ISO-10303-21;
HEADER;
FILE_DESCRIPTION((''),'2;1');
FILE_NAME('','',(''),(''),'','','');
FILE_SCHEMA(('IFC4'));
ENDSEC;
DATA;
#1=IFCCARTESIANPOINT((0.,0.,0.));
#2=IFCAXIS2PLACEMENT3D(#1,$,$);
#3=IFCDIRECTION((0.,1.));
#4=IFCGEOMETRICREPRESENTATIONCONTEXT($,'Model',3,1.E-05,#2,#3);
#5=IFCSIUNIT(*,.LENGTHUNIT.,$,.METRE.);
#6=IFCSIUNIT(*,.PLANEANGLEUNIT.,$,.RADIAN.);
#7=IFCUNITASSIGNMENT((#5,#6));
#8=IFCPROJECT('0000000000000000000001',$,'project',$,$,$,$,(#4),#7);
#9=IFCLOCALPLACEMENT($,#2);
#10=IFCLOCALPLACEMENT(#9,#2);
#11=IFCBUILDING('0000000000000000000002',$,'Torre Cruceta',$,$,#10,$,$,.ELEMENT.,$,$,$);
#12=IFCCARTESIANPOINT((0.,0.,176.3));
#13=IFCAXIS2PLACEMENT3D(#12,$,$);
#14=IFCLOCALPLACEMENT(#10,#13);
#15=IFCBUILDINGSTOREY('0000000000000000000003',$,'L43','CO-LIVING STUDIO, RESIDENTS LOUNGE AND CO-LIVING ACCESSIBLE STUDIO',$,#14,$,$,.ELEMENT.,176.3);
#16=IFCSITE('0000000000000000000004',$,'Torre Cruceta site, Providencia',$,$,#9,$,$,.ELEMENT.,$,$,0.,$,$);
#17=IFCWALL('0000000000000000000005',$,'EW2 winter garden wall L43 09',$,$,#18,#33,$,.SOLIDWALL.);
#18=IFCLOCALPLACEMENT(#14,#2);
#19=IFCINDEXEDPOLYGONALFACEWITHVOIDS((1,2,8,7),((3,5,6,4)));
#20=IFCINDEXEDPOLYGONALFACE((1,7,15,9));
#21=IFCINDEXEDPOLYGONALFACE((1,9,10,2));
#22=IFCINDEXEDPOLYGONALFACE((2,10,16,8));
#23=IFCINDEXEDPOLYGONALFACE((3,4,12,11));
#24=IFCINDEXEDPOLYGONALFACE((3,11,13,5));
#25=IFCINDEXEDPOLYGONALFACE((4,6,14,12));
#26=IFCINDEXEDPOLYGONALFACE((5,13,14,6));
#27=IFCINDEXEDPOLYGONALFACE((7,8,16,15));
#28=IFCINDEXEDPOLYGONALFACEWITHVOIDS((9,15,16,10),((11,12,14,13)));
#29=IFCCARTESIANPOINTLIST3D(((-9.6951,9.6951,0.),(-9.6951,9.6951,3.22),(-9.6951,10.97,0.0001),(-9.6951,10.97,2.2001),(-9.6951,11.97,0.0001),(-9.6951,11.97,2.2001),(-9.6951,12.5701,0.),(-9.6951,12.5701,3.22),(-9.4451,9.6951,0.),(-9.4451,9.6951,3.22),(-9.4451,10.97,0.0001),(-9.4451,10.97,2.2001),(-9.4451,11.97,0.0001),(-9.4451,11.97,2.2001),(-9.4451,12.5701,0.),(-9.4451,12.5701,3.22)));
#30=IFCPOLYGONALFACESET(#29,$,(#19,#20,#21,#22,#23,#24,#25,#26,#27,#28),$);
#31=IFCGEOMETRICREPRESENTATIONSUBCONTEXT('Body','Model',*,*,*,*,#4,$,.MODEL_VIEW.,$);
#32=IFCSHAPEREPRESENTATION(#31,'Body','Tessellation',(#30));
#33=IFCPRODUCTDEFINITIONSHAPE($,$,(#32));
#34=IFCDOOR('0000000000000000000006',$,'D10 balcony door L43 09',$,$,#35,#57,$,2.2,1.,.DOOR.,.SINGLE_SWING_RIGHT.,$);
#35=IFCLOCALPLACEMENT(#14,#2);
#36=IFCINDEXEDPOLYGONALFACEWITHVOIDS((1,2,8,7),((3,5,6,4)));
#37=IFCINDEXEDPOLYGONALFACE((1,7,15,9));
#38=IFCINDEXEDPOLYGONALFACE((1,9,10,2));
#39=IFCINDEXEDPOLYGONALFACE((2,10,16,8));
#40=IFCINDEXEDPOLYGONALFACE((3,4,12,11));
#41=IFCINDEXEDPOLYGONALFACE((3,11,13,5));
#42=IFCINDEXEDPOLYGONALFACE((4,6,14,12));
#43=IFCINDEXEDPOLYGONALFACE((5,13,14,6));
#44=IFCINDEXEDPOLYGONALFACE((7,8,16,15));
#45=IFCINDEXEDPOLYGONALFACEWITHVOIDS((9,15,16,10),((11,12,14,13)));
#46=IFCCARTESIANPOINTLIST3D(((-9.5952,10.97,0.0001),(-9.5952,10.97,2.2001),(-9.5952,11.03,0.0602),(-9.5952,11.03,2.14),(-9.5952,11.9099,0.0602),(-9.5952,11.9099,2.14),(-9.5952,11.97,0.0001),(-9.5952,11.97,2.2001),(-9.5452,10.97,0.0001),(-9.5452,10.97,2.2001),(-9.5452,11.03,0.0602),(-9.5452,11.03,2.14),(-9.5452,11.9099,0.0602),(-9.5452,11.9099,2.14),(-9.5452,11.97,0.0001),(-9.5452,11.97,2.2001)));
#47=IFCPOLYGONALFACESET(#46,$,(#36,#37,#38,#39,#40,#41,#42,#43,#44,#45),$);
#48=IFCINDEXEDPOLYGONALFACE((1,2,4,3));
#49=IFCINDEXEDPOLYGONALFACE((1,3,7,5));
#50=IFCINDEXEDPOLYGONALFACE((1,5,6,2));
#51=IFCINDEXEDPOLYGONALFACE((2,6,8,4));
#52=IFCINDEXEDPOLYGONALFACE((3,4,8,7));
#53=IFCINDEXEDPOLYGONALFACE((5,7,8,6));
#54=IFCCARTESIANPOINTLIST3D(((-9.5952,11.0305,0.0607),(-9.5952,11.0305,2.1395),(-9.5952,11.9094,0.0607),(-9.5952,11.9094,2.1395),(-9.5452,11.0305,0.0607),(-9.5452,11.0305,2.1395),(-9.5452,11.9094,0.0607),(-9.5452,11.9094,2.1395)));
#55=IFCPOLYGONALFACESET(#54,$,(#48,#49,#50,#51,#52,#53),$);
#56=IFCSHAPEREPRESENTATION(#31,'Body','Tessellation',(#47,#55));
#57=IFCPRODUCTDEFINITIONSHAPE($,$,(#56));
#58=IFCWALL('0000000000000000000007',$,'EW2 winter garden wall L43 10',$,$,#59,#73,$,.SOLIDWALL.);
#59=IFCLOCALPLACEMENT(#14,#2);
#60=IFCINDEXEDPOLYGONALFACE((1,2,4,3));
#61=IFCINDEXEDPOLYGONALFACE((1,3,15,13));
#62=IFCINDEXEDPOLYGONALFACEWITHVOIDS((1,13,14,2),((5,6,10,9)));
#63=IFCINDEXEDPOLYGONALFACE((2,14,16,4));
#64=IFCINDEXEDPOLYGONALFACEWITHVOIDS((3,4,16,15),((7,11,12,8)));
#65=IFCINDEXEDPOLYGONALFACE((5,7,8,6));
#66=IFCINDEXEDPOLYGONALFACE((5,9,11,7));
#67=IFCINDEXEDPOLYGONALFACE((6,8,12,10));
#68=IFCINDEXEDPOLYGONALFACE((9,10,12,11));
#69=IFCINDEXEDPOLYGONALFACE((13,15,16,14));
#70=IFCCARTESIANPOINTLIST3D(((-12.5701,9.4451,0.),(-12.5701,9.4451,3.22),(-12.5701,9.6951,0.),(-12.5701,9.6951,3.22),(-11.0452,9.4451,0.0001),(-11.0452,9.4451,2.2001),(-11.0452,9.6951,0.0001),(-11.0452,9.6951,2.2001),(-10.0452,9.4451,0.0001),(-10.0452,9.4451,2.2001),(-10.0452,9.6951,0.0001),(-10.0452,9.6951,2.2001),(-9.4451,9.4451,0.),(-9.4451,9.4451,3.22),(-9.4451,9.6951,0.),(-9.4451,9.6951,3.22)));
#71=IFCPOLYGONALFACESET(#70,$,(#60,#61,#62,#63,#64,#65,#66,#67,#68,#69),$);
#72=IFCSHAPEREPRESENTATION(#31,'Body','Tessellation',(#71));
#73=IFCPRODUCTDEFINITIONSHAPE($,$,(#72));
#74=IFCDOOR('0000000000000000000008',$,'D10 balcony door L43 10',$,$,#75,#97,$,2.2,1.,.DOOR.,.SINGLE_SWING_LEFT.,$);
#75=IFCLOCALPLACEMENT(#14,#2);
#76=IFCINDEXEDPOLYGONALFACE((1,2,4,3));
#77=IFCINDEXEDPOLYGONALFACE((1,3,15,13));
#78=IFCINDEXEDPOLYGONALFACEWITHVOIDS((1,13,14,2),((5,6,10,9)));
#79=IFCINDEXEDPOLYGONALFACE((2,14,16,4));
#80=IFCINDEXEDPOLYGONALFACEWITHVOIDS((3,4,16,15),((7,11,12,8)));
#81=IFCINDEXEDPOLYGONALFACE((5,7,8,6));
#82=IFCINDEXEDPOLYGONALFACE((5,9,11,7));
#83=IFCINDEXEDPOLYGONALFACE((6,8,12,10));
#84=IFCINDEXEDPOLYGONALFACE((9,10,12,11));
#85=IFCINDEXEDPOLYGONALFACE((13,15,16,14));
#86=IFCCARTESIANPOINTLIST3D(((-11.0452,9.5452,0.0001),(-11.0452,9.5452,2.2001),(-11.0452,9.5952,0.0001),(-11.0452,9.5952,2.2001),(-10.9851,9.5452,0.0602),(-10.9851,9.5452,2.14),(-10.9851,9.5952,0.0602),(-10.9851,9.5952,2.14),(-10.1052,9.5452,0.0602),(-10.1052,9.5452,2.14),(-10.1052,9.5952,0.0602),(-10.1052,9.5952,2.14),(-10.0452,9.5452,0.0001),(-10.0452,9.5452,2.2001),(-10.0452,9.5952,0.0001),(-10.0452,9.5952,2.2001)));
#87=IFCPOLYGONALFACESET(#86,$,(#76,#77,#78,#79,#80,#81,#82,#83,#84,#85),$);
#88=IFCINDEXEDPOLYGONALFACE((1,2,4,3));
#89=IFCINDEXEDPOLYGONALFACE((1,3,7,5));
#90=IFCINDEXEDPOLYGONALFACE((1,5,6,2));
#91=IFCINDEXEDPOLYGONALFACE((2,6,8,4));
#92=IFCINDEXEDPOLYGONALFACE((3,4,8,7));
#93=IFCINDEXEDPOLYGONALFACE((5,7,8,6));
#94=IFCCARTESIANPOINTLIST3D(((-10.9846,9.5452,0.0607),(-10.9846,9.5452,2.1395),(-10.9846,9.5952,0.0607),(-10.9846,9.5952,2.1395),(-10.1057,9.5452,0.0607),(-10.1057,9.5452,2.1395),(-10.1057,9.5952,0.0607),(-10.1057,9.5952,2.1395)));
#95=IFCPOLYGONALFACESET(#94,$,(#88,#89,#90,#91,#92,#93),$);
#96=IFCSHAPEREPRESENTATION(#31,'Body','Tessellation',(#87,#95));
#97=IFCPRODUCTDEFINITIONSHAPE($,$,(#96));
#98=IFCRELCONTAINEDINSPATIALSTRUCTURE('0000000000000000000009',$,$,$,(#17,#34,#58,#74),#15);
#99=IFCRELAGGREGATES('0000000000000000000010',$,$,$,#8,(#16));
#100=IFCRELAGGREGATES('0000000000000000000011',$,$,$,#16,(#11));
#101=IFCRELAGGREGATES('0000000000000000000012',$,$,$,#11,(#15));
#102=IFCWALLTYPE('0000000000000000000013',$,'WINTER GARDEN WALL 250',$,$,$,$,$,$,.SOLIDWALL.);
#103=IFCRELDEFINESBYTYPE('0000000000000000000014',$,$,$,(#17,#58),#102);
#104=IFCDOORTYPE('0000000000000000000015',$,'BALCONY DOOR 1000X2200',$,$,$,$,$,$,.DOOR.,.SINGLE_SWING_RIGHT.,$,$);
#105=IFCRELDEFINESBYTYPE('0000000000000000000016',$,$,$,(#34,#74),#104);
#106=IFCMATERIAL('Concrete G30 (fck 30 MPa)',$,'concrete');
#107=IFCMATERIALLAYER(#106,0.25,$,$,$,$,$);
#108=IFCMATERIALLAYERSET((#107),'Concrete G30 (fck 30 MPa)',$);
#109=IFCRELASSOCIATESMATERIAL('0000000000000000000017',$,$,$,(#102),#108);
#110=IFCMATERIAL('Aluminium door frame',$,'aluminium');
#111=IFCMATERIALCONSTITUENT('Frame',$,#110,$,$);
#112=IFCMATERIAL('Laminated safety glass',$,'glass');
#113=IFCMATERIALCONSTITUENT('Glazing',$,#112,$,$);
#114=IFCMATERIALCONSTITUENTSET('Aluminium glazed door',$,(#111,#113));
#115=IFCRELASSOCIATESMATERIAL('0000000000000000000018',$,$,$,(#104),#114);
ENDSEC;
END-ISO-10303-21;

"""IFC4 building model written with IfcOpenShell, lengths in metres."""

from ifc_helpers import new_model, si_unit, direction, frame, frame_2d, origin, place, context, subcontext, project, spatial, rectangle, hollow_rectangle, extrude, material, layer, layer_set, constituent, constituent_set, type_object, element, fill, save


model = new_model("IFC4")

# Units and contexts
model_context = context("Model", 3, precision=1e-05, world=origin(), true_north=direction((0.0, 1.0)))
body_context = subcontext(model_context, "Body", "Model", "MODEL_VIEW")
ifc_project = project(units=[si_unit("LENGTHUNIT", "METRE"), si_unit("PLANEANGLEUNIT", "RADIAN")], contexts=[model_context])

# Site, building, storey
site_placement = place(None, origin())
site = spatial("IfcSite", under=ifc_project, at=site_placement, Name="Torre Cruceta site, Providencia", CompositionType="ELEMENT", RefElevation=0.0)
building_placement = place(site_placement, origin())
building = spatial("IfcBuilding", under=site, at=building_placement, Name="Torre Cruceta", CompositionType="ELEMENT")
storey_placement = place(building_placement, frame((0.0, 0.0, 176.3)))
storey = spatial("IfcBuildingStorey", under=building, at=storey_placement, Name="L43", Description="CO-LIVING STUDIO, RESIDENTS LOUNGE AND CO-LIVING ACCESSIBLE STUDIO", CompositionType="ELEMENT", Elevation=176.3)

# Walls, openings, doors
ifc_material_1 = material(Name="Concrete G30 (fck 30 MPa)", Category="concrete")
ifc_layer_1 = layer(ifc_material_1, 0.25)
ifc_layer_set_1 = layer_set([ifc_layer_1], Name="Concrete G30 (fck 30 MPa)")
wall_type_1 = type_object("IfcWallType", Name="WINTER GARDEN WALL 250", PredefinedType="SOLIDWALL", material=ifc_layer_set_1)
wall_1_placement = place(storey_placement, frame((-9.5701, 12.5701, 0.0), z_axis=(0.0, 0.0, 1.0), x_axis=(0.0, -1.0, 0.0)))
wall_1 = element("IfcWall", 1, at=wall_1_placement, inside=storey, type_object=wall_type_1, Name="EW2 winter garden wall L43 09", PredefinedType="SOLIDWALL", context=body_context, shape_type="SweptSolid", body=[
    extrude(rectangle(XDim=2.875, YDim=0.25, at=frame_2d((1.4375, 0.0))), origin(), (0.0, 0.0, 1.0), 3.22),
])
opening_1_placement = place(wall_1_placement, frame((0.6001, 0.0, 0.0)))
opening_1 = element("IfcOpeningElement", 2, at=opening_1_placement, cuts=wall_1, PredefinedType="OPENING", context=body_context, shape_type="SweptSolid", body=[
    extrude(rectangle(XDim=1.0, YDim=2.2, at=frame_2d((0.5, 1.1001))), frame((0.0, 0.135, 0.0), z_axis=(0.0, -1.0, 0.0), x_axis=(1.0, 0.0, 0.0)), (0.0, 0.0, 1.0), 0.27),
])
ifc_material_2 = material(Name="Aluminium door frame", Category="aluminium")
ifc_constituent_1 = constituent(ifc_material_2, Name="Frame")
ifc_material_3 = material(Name="Laminated safety glass", Category="glass")
ifc_constituent_2 = constituent(ifc_material_3, Name="Glazing")
ifc_constituent_set_1 = constituent_set(constituents=[ifc_constituent_1, ifc_constituent_2], Name="Aluminium glazed door")
door_type_1 = type_object("IfcDoorType", Name="BALCONY DOOR 1000X2200", OperationType="SINGLE_SWING_RIGHT", PredefinedType="DOOR", material=ifc_constituent_set_1)
door_1_placement = place(opening_1_placement, origin())
door_1 = element("IfcDoor", 3, at=door_1_placement, inside=storey, type_object=door_type_1, Name="D10 balcony door L43 09", OperationType="SINGLE_SWING_RIGHT", OverallHeight=2.2, OverallWidth=1.0, PredefinedType="DOOR", context=body_context, shape_type="SweptSolid", body=[
    extrude(hollow_rectangle(XDim=1.0, YDim=2.2, WallThickness=0.0601, at=frame_2d((0.5, 1.1001))), frame((0.0, 0.0249, 0.0), z_axis=(0.0, -1.0, 0.0), x_axis=(1.0, 0.0, 0.0)), (0.0, 0.0, 1.0), 0.05),
    extrude(rectangle(XDim=0.8789, YDim=2.0789, at=frame_2d((0.5, 1.1001))), frame((0.0, 0.0249, 0.0), z_axis=(0.0, -1.0, 0.0), x_axis=(1.0, 0.0, 0.0)), (0.0, 0.0, 1.0), 0.05),
])
fill(opening_1, door_1)
wall_2_placement = place(storey_placement, frame((-9.4451, 9.5701, 0.0), z_axis=(0.0, 0.0, 1.0), x_axis=(-1.0, 0.0, 0.0)))
wall_2 = element("IfcWall", 4, at=wall_2_placement, inside=storey, type_object=wall_type_1, Name="EW2 winter garden wall L43 10", PredefinedType="SOLIDWALL", context=body_context, shape_type="SweptSolid", body=[
    extrude(rectangle(XDim=3.125, YDim=0.25, at=frame_2d((1.5625, 0.0))), origin(), (0.0, 0.0, 1.0), 3.22),
])
opening_2_placement = place(wall_2_placement, frame((0.6001, 0.0, 0.0)))
opening_2 = element("IfcOpeningElement", 5, at=opening_2_placement, cuts=wall_2, PredefinedType="OPENING", context=body_context, shape_type="SweptSolid", body=[
    extrude(rectangle(XDim=1.0, YDim=2.2, at=frame_2d((0.5, 1.1001))), frame((0.0, 0.135, 0.0), z_axis=(0.0, -1.0, 0.0), x_axis=(1.0, 0.0, 0.0)), (0.0, 0.0, 1.0), 0.27),
])
door_2_placement = place(opening_2_placement, origin())
door_2 = element("IfcDoor", 6, at=door_2_placement, inside=storey, type_object=door_type_1, Name="D10 balcony door L43 10", OperationType="SINGLE_SWING_LEFT", OverallHeight=2.2, OverallWidth=1.0, PredefinedType="DOOR", context=body_context, shape_type="SweptSolid", body=[
    extrude(hollow_rectangle(XDim=1.0, YDim=2.2, WallThickness=0.0601, at=frame_2d((0.5, 1.1001))), frame((0.0, 0.0249, 0.0), z_axis=(0.0, -1.0, 0.0), x_axis=(1.0, 0.0, 0.0)), (0.0, 0.0, 1.0), 0.05),
    extrude(rectangle(XDim=0.8789, YDim=2.0789, at=frame_2d((0.5, 1.1001))), frame((0.0, 0.0249, 0.0), z_axis=(0.0, -1.0, 0.0), x_axis=(1.0, 0.0, 0.0)), (0.0, 0.0, 1.0), 0.05),
])
fill(opening_2, door_2)

save(model, "model.ifc")
